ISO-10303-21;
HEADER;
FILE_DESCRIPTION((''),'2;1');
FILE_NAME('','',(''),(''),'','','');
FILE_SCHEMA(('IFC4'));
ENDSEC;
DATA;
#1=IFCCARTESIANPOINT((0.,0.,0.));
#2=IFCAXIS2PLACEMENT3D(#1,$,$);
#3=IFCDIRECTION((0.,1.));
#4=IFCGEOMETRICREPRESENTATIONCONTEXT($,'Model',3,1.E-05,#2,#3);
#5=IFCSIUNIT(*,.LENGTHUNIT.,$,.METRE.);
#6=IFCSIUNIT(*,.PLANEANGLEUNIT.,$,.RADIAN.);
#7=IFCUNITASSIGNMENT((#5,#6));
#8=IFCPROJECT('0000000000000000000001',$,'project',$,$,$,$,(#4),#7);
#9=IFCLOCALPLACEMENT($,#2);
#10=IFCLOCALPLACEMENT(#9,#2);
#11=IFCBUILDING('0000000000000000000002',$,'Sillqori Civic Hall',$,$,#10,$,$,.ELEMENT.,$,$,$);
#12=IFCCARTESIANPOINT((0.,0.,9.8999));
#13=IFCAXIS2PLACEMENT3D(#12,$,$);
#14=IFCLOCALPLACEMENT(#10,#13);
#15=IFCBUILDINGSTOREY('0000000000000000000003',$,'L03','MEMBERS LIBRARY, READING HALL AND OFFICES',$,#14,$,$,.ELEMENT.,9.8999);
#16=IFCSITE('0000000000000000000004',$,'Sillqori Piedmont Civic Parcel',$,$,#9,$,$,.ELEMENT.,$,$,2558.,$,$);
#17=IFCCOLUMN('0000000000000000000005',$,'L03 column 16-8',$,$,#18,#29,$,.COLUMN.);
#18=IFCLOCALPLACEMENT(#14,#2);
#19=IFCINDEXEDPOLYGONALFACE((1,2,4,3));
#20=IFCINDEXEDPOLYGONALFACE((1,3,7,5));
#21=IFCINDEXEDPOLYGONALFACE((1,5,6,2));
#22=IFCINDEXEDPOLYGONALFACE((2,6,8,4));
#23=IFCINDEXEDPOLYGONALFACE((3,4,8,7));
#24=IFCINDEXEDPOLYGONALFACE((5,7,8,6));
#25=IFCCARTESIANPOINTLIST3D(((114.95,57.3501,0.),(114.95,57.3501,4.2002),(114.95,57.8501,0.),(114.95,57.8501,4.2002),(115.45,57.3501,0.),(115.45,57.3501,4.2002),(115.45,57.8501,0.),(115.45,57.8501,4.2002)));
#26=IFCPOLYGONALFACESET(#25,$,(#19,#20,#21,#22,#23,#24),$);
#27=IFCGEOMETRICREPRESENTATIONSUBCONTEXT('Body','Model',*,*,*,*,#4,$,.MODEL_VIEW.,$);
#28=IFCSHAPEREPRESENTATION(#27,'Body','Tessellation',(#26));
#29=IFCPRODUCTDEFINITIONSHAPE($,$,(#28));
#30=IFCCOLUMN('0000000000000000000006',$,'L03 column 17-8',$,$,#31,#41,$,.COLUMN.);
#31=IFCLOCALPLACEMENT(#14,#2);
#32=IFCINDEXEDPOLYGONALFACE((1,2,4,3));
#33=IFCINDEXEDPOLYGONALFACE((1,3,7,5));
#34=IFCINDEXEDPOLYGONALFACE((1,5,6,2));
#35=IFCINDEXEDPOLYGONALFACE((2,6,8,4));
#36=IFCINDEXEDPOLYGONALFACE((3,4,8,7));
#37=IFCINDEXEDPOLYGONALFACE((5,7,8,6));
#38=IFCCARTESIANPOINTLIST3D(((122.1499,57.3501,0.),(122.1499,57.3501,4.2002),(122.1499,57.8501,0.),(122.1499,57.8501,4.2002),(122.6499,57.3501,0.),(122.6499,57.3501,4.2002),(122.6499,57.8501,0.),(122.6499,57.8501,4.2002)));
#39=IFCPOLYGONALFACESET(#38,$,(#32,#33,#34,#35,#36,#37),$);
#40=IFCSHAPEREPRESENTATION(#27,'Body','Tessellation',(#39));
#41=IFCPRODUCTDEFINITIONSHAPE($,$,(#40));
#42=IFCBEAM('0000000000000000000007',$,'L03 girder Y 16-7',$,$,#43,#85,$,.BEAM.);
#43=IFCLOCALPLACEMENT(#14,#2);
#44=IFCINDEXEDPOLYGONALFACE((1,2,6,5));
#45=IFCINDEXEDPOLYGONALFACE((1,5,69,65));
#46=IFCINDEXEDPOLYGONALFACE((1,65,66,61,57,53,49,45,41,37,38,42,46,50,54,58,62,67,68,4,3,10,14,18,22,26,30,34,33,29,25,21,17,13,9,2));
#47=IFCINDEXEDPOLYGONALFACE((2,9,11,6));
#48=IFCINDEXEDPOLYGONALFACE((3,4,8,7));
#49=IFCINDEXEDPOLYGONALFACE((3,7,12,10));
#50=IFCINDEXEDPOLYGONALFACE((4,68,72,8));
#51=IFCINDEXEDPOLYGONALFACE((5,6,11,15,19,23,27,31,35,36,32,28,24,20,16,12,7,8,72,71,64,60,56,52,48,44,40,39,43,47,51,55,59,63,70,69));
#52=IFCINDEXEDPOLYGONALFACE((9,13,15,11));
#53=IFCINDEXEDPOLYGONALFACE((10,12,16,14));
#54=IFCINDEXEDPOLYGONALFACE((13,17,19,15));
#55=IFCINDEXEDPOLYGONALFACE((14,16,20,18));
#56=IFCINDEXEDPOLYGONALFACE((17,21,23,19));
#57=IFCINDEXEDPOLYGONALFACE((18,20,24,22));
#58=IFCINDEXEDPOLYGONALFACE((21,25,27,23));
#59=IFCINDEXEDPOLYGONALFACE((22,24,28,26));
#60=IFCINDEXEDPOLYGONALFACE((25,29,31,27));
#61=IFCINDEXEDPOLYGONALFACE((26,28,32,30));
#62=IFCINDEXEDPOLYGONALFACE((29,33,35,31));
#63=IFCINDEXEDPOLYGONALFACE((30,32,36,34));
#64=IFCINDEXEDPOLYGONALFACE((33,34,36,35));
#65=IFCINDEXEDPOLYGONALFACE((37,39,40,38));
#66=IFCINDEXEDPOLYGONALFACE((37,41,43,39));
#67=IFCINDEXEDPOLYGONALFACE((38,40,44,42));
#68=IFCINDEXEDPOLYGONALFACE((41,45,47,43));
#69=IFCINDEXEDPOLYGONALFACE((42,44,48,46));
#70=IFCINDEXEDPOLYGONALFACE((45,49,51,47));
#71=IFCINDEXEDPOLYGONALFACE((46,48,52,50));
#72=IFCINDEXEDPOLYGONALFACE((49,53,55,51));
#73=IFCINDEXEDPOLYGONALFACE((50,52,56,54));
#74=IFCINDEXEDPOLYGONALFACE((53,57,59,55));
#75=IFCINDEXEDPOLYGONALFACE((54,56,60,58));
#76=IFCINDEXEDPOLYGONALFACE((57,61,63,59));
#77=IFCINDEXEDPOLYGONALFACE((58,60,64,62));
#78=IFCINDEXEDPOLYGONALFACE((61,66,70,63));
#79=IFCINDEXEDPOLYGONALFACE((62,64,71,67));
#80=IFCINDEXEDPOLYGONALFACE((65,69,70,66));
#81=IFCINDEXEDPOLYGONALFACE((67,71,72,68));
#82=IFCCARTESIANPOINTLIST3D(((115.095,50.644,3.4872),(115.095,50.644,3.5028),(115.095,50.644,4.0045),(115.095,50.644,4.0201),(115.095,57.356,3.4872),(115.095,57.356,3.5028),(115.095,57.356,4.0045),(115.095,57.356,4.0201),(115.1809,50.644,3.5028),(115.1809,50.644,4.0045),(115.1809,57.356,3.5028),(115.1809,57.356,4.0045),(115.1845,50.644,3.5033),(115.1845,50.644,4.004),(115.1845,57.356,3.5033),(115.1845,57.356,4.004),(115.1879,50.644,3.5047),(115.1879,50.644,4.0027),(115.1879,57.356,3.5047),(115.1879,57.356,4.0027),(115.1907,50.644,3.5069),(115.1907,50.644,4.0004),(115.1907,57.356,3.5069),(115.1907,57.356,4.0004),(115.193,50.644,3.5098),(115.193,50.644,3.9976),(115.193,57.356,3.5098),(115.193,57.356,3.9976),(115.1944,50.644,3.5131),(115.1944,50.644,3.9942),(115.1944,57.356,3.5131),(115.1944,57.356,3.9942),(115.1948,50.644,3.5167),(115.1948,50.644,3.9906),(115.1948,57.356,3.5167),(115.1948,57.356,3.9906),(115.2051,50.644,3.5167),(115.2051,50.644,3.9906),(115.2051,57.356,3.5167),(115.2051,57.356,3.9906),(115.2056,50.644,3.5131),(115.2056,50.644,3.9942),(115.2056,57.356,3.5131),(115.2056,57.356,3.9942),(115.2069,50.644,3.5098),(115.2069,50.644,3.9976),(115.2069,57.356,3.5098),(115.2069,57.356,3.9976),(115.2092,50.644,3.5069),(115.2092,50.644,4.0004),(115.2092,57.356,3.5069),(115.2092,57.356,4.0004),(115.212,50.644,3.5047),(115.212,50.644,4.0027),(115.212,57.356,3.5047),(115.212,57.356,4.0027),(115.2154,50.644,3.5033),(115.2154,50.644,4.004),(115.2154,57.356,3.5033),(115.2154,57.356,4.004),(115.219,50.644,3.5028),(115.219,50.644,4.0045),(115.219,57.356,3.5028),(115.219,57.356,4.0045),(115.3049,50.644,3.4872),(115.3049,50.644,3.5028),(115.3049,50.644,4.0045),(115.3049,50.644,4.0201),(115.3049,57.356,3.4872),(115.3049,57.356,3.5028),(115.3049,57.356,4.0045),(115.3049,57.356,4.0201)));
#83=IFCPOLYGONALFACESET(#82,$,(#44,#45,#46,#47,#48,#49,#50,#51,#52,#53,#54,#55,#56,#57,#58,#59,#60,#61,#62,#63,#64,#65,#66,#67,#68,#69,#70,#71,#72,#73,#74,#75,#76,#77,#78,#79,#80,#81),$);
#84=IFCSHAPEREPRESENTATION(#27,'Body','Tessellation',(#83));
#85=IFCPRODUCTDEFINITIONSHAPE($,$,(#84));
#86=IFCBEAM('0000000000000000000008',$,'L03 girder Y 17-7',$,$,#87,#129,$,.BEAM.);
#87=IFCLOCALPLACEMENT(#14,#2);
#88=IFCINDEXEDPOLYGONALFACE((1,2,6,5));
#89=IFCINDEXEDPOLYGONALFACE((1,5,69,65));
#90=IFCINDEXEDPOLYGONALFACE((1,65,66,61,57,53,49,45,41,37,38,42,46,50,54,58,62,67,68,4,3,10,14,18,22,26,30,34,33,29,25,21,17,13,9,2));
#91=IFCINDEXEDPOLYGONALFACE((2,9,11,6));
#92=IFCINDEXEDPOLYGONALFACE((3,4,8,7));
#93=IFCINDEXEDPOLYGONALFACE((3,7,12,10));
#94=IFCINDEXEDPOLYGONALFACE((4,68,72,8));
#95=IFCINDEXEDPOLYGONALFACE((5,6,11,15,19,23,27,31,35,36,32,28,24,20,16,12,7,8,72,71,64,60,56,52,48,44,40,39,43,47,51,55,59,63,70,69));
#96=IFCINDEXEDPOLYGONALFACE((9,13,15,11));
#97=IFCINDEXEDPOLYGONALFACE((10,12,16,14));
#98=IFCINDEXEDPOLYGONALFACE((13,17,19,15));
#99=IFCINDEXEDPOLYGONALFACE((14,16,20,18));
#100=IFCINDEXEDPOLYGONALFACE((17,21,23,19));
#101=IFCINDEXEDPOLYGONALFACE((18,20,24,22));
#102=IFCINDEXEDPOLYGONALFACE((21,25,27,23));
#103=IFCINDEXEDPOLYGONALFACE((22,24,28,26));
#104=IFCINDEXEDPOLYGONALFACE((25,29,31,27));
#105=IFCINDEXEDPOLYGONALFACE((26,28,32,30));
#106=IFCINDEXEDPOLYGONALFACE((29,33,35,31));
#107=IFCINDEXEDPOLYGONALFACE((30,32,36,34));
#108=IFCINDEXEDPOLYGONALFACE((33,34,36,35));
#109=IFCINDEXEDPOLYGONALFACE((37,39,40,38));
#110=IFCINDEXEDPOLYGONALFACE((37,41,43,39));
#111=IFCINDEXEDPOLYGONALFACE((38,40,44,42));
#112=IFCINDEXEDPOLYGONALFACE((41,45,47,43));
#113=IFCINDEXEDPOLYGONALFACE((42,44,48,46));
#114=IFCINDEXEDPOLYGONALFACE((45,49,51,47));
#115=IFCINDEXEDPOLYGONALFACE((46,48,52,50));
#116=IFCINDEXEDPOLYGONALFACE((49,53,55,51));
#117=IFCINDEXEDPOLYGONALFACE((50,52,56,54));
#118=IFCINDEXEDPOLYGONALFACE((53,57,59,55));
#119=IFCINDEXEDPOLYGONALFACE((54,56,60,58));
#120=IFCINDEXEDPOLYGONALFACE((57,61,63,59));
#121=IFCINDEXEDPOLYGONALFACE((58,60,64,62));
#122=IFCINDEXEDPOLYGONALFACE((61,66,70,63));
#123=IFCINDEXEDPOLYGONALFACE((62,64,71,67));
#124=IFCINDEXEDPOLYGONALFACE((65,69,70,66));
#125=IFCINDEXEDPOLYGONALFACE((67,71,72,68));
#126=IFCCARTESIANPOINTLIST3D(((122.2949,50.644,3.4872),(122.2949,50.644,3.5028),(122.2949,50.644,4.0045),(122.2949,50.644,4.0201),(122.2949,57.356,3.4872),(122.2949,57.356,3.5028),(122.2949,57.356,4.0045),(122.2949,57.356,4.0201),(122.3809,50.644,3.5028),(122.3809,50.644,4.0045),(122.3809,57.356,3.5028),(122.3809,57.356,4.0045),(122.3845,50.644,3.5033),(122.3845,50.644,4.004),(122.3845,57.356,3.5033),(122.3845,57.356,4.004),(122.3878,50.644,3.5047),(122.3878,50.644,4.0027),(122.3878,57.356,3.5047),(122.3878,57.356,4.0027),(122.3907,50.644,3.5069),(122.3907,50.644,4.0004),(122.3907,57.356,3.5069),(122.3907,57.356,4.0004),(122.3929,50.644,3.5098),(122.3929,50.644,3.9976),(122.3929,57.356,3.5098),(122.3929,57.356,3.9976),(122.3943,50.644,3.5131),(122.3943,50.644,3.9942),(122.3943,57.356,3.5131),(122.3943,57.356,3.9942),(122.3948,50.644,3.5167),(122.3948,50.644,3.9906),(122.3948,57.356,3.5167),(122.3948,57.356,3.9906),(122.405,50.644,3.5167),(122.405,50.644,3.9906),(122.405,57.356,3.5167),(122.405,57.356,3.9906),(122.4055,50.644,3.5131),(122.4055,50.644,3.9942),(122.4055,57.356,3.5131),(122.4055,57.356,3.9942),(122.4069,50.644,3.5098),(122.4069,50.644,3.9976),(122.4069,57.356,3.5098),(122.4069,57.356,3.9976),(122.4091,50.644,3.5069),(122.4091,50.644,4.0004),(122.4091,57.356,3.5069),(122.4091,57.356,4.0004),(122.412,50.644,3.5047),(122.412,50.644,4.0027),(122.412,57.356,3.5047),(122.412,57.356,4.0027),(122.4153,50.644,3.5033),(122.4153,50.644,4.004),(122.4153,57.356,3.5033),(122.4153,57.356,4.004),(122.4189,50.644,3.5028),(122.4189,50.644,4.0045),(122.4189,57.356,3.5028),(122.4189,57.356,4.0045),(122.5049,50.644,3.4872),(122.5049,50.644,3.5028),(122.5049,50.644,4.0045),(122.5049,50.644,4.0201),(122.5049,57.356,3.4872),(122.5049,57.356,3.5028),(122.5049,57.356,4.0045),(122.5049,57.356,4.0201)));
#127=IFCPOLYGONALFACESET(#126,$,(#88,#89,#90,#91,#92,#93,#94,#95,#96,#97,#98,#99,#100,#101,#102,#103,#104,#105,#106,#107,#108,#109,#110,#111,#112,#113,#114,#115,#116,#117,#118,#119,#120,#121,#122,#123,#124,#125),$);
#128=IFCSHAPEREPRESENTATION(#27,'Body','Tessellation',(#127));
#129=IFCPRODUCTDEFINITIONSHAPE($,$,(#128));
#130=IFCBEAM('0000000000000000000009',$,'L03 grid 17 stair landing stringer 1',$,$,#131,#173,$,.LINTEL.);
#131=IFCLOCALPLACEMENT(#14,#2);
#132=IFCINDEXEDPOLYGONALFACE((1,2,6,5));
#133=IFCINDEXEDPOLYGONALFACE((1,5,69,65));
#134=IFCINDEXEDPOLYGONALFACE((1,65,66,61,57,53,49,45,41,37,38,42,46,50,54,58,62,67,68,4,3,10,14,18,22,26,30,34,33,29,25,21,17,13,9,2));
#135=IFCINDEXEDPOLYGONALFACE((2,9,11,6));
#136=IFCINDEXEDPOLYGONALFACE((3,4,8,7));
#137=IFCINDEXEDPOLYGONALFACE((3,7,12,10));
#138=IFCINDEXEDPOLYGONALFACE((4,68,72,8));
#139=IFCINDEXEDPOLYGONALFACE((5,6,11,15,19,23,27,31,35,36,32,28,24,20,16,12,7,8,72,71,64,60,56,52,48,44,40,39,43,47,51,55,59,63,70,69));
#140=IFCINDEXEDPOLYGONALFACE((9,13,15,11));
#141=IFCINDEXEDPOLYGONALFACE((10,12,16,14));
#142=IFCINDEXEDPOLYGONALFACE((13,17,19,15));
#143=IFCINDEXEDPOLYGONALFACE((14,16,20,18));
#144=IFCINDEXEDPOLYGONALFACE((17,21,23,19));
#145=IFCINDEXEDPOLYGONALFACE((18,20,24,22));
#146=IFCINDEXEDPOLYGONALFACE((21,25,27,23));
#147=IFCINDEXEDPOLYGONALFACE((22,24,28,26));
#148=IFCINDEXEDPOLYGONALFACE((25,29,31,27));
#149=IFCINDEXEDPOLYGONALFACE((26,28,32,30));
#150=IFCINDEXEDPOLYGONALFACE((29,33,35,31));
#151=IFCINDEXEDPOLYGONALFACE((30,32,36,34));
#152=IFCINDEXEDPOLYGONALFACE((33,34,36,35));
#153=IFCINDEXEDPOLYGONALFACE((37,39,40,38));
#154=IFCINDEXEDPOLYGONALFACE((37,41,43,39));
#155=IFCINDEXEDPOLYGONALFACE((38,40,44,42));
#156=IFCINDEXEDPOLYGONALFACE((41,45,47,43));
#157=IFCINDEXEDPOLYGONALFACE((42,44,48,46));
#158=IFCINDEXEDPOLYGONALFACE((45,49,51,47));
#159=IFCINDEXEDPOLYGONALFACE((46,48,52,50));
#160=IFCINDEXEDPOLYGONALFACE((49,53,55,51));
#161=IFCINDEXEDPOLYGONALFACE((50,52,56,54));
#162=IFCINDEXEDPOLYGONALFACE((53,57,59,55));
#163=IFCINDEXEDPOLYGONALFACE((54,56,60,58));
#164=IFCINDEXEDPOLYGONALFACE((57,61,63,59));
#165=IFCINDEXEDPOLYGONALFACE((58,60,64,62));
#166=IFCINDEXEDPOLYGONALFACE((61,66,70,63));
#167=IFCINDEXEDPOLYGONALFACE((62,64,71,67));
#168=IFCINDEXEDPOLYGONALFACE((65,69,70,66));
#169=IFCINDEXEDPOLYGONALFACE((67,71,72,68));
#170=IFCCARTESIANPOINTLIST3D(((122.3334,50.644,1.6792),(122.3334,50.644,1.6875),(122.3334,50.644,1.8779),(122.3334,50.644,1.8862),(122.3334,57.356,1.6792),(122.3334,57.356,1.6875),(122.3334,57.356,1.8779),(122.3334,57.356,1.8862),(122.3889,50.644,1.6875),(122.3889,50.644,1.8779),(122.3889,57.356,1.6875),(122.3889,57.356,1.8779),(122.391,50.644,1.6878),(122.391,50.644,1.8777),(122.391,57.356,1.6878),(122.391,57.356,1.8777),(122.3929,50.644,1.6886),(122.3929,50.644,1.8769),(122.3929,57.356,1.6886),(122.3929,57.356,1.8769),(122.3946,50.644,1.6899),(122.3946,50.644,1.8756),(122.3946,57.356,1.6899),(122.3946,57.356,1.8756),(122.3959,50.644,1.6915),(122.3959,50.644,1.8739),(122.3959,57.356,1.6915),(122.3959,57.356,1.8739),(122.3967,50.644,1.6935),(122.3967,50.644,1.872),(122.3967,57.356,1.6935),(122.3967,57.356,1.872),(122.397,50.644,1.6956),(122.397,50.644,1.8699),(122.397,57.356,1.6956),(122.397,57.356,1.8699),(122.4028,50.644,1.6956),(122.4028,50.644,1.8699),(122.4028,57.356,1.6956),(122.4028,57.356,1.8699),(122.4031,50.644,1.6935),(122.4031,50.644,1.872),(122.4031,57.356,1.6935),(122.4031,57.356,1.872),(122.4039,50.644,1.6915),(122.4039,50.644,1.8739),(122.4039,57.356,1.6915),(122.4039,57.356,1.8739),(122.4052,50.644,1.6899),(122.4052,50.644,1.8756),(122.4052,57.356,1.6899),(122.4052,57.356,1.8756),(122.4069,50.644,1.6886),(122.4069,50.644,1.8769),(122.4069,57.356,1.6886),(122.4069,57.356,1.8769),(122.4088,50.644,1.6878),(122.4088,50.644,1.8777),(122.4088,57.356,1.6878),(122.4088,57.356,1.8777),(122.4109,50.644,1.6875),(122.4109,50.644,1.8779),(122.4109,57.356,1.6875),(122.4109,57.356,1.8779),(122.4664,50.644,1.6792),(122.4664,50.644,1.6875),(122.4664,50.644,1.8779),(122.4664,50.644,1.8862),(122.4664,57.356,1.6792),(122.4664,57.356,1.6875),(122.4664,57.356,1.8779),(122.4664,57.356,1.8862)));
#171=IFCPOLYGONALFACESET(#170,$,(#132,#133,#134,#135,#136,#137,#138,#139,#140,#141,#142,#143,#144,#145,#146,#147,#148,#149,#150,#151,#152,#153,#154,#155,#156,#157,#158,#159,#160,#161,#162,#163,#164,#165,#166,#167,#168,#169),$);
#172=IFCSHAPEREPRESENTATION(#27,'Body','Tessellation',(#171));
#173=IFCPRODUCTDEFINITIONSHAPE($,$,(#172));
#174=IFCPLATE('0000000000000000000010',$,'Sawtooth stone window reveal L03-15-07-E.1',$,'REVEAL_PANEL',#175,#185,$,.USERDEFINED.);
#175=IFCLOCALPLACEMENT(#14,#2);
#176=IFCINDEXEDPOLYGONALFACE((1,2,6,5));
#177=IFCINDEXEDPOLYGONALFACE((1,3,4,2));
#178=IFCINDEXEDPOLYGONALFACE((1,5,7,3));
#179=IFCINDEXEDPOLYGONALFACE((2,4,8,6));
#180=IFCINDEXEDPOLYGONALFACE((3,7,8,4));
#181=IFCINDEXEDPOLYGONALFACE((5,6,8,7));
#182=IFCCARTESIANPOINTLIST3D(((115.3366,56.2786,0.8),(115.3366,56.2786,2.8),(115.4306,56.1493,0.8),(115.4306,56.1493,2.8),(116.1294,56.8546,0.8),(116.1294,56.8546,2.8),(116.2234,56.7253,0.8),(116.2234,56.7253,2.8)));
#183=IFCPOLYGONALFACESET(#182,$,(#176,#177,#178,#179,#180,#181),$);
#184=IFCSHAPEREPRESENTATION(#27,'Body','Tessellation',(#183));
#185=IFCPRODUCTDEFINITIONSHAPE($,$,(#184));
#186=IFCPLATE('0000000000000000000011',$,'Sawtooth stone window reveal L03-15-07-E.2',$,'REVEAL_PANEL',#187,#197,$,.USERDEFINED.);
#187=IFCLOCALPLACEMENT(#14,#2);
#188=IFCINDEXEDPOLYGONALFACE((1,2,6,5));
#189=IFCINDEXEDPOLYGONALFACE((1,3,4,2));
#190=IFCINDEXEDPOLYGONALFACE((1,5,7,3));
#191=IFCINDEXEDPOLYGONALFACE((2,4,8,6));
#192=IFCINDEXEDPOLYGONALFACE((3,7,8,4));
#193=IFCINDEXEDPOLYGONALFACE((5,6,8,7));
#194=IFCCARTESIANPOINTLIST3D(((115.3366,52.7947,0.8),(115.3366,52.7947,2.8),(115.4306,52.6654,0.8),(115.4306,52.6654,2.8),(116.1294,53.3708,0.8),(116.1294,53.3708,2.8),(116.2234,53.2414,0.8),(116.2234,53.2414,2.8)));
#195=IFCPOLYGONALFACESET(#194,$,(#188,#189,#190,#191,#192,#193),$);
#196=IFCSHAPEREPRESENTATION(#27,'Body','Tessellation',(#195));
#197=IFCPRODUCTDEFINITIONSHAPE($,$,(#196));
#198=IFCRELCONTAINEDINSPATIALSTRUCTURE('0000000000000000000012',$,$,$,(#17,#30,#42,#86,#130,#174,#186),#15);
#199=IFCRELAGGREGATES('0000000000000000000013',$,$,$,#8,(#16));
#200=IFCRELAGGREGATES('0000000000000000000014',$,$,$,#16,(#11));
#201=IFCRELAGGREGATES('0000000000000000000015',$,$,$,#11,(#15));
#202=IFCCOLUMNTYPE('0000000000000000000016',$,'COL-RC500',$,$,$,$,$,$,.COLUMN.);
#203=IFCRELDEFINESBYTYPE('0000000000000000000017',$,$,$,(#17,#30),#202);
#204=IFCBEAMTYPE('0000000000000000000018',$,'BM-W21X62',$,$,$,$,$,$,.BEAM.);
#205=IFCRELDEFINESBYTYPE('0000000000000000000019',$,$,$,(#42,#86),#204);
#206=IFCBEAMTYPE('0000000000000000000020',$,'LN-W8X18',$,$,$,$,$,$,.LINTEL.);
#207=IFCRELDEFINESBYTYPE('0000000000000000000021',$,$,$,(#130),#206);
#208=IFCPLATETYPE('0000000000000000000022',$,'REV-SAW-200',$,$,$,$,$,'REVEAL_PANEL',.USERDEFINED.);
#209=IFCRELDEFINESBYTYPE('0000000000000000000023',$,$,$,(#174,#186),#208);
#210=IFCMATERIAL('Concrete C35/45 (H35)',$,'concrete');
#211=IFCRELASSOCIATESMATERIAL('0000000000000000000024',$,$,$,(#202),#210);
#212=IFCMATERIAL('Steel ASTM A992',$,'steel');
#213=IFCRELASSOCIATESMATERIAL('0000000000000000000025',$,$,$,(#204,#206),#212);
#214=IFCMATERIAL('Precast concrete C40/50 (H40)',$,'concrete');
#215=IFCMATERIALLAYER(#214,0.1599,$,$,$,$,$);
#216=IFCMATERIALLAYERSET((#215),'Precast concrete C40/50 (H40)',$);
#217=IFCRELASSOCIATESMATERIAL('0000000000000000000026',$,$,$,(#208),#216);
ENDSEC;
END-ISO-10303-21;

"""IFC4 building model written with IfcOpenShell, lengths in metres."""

from ifc_helpers import new_model, si_unit, direction, frame, origin, origin_2d, place, context, subcontext, project, spatial, rectangle, i_section, extrude, material, layer, layer_set, material_profile, profile_set, type_object, element, save


model = new_model("IFC4")

# Units and contexts
model_context = context("Model", 3, precision=1e-05, world=origin(), true_north=direction((0.0, 1.0)))
body_context = subcontext(model_context, "Body", "Model", "MODEL_VIEW")
ifc_project = project(units=[si_unit("LENGTHUNIT", "METRE"), si_unit("PLANEANGLEUNIT", "RADIAN")], contexts=[model_context])

# Site, building, storey
site_placement = place(None, origin())
site = spatial("IfcSite", under=ifc_project, at=site_placement, Name="Sillqori Piedmont Civic Parcel", CompositionType="ELEMENT", RefElevation=2558.0)
building_placement = place(site_placement, origin())
building = spatial("IfcBuilding", under=site, at=building_placement, Name="Sillqori Civic Hall", CompositionType="ELEMENT")
storey_placement = place(building_placement, frame((0.0, 0.0, 9.8999)))
storey = spatial("IfcBuildingStorey", under=building, at=storey_placement, Name="L03", Description="MEMBERS LIBRARY, READING HALL AND OFFICES", CompositionType="ELEMENT", Elevation=9.8999)

# Columns
ifc_material_1 = material(Name="Concrete C35/45 (H35)", Category="concrete")
ifc_material_profile_1 = material_profile(ifc_material_1, rectangle(XDim=0.5, YDim=0.5, at=origin_2d()), Name="RC 500x500")
ifc_profile_set_1 = profile_set([ifc_material_profile_1], Name="Concrete C35/45 (H35)")
column_type = type_object("IfcColumnType", Name="COL-RC500", PredefinedType="COLUMN", material=ifc_profile_set_1)
for number, where, z_axis, x_axis, name in (
    (1, (115.2, 57.6001, 0.0), (0.0, 0.0, 1.0), (1.0, 0.0, 0.0), "L03 column 16-8"),
    (2, (122.3999, 57.6001, 0.0), (0.0, 0.0, 1.0), (1.0, 0.0, 0.0), "L03 column 17-8"),
):
    element("IfcColumn", number, at=place(storey_placement, frame(where, z_axis=z_axis, x_axis=x_axis)), inside=storey, type_object=column_type, Name=name, PredefinedType="COLUMN", context=body_context, shape_type="SweptSolid", body=[
        extrude(rectangle(XDim=0.5, YDim=0.5, at=origin_2d()), origin(), (0.0, 0.0, 1.0), 4.2002),
    ])

# Beams
ifc_material_2 = material(Name="Steel ASTM A992", Category="steel")
ifc_material_profile_2 = material_profile(ifc_material_2, i_section(OverallWidth=0.21, OverallDepth=0.533, WebThickness=0.0103, FlangeThickness=0.0156, FilletRadius=0.0139, at=origin_2d()), Name="W21X62")
ifc_profile_set_2 = profile_set([ifc_material_profile_2], Name="Steel ASTM A992")
beam_type_1 = type_object("IfcBeamType", Name="BM-W21X62", PredefinedType="BEAM", material=ifc_profile_set_2)
for number, where, z_axis, x_axis, name in (
    (3, (115.2, 50.644, 3.7537), (0.0, 1.0, 0.0), (-1.0, 0.0, 0.0), "L03 girder Y 16-7"),
    (4, (122.3999, 50.644, 3.7537), (0.0, 1.0, 0.0), (-1.0, 0.0, 0.0), "L03 girder Y 17-7"),
):
    element("IfcBeam", number, at=place(storey_placement, frame(where, z_axis=z_axis, x_axis=x_axis)), inside=storey, type_object=beam_type_1, Name=name, PredefinedType="BEAM", context=body_context, shape_type="SweptSolid", body=[
        extrude(i_section(OverallWidth=0.21, OverallDepth=0.533, WebThickness=0.0103, FlangeThickness=0.0156, FilletRadius=0.0139, at=origin_2d()), origin(), (0.0, 0.0, 1.0), 6.7119),
    ])
ifc_material_profile_3 = material_profile(ifc_material_2, i_section(OverallWidth=0.1331, OverallDepth=0.207, WebThickness=0.0059, FlangeThickness=0.0083, FilletRadius=0.0081, at=origin_2d()), Name="W8X18")
ifc_profile_set_3 = profile_set([ifc_material_profile_3], Name="Steel ASTM A992")
beam_type_2 = type_object("IfcBeamType", Name="LN-W8X18", PredefinedType="LINTEL", material=ifc_profile_set_3)
beam_placement = place(storey_placement, frame((122.3999, 50.644, 1.7827), z_axis=(0.0, 1.0, 0.0), x_axis=(-1.0, 0.0, 0.0)))
element("IfcBeam", 5, at=beam_placement, inside=storey, type_object=beam_type_2, Name="L03 grid 17 stair landing stringer 1", PredefinedType="LINTEL", context=body_context, shape_type="SweptSolid", body=[
    extrude(i_section(OverallWidth=0.1331, OverallDepth=0.207, WebThickness=0.0059, FlangeThickness=0.0083, FilletRadius=0.0081, at=origin_2d()), origin(), (0.0, 0.0, 1.0), 6.7119),
])

# Plates
ifc_material_3 = material(Name="Precast concrete C40/50 (H40)", Category="concrete")
ifc_layer_1 = layer(ifc_material_3, 0.1599)
ifc_layer_set_1 = layer_set([ifc_layer_1], Name="Precast concrete C40/50 (H40)")
plate_type = type_object("IfcPlateType", Name="REV-SAW-200", ElementType="REVEAL_PANEL", PredefinedType="USERDEFINED", material=ifc_layer_set_1)
for number, where, z_axis, x_axis, name in (
    (6, (115.78, 56.502, 0.8), (0.0, 0.0, 1.0), (0.587785, -0.809017, 0.0), "Sawtooth stone window reveal L03-15-07-E.1"),
    (7, (115.78, 53.0181, 0.8), (0.0, 0.0, 1.0), (0.587785, -0.809017, 0.0), "Sawtooth stone window reveal L03-15-07-E.2"),
):
    element("IfcPlate", number, at=place(storey_placement, frame(where, z_axis=z_axis, x_axis=x_axis)), inside=storey, type_object=plate_type, Name=name, ObjectType="REVEAL_PANEL", PredefinedType="USERDEFINED", context=body_context, shape_type="SweptSolid", body=[
        extrude(rectangle(XDim=0.1599, YDim=0.98, at=origin_2d()), origin(), (0.0, 0.0, 1.0), 2.0),
    ])

save(model, "model.ifc")
